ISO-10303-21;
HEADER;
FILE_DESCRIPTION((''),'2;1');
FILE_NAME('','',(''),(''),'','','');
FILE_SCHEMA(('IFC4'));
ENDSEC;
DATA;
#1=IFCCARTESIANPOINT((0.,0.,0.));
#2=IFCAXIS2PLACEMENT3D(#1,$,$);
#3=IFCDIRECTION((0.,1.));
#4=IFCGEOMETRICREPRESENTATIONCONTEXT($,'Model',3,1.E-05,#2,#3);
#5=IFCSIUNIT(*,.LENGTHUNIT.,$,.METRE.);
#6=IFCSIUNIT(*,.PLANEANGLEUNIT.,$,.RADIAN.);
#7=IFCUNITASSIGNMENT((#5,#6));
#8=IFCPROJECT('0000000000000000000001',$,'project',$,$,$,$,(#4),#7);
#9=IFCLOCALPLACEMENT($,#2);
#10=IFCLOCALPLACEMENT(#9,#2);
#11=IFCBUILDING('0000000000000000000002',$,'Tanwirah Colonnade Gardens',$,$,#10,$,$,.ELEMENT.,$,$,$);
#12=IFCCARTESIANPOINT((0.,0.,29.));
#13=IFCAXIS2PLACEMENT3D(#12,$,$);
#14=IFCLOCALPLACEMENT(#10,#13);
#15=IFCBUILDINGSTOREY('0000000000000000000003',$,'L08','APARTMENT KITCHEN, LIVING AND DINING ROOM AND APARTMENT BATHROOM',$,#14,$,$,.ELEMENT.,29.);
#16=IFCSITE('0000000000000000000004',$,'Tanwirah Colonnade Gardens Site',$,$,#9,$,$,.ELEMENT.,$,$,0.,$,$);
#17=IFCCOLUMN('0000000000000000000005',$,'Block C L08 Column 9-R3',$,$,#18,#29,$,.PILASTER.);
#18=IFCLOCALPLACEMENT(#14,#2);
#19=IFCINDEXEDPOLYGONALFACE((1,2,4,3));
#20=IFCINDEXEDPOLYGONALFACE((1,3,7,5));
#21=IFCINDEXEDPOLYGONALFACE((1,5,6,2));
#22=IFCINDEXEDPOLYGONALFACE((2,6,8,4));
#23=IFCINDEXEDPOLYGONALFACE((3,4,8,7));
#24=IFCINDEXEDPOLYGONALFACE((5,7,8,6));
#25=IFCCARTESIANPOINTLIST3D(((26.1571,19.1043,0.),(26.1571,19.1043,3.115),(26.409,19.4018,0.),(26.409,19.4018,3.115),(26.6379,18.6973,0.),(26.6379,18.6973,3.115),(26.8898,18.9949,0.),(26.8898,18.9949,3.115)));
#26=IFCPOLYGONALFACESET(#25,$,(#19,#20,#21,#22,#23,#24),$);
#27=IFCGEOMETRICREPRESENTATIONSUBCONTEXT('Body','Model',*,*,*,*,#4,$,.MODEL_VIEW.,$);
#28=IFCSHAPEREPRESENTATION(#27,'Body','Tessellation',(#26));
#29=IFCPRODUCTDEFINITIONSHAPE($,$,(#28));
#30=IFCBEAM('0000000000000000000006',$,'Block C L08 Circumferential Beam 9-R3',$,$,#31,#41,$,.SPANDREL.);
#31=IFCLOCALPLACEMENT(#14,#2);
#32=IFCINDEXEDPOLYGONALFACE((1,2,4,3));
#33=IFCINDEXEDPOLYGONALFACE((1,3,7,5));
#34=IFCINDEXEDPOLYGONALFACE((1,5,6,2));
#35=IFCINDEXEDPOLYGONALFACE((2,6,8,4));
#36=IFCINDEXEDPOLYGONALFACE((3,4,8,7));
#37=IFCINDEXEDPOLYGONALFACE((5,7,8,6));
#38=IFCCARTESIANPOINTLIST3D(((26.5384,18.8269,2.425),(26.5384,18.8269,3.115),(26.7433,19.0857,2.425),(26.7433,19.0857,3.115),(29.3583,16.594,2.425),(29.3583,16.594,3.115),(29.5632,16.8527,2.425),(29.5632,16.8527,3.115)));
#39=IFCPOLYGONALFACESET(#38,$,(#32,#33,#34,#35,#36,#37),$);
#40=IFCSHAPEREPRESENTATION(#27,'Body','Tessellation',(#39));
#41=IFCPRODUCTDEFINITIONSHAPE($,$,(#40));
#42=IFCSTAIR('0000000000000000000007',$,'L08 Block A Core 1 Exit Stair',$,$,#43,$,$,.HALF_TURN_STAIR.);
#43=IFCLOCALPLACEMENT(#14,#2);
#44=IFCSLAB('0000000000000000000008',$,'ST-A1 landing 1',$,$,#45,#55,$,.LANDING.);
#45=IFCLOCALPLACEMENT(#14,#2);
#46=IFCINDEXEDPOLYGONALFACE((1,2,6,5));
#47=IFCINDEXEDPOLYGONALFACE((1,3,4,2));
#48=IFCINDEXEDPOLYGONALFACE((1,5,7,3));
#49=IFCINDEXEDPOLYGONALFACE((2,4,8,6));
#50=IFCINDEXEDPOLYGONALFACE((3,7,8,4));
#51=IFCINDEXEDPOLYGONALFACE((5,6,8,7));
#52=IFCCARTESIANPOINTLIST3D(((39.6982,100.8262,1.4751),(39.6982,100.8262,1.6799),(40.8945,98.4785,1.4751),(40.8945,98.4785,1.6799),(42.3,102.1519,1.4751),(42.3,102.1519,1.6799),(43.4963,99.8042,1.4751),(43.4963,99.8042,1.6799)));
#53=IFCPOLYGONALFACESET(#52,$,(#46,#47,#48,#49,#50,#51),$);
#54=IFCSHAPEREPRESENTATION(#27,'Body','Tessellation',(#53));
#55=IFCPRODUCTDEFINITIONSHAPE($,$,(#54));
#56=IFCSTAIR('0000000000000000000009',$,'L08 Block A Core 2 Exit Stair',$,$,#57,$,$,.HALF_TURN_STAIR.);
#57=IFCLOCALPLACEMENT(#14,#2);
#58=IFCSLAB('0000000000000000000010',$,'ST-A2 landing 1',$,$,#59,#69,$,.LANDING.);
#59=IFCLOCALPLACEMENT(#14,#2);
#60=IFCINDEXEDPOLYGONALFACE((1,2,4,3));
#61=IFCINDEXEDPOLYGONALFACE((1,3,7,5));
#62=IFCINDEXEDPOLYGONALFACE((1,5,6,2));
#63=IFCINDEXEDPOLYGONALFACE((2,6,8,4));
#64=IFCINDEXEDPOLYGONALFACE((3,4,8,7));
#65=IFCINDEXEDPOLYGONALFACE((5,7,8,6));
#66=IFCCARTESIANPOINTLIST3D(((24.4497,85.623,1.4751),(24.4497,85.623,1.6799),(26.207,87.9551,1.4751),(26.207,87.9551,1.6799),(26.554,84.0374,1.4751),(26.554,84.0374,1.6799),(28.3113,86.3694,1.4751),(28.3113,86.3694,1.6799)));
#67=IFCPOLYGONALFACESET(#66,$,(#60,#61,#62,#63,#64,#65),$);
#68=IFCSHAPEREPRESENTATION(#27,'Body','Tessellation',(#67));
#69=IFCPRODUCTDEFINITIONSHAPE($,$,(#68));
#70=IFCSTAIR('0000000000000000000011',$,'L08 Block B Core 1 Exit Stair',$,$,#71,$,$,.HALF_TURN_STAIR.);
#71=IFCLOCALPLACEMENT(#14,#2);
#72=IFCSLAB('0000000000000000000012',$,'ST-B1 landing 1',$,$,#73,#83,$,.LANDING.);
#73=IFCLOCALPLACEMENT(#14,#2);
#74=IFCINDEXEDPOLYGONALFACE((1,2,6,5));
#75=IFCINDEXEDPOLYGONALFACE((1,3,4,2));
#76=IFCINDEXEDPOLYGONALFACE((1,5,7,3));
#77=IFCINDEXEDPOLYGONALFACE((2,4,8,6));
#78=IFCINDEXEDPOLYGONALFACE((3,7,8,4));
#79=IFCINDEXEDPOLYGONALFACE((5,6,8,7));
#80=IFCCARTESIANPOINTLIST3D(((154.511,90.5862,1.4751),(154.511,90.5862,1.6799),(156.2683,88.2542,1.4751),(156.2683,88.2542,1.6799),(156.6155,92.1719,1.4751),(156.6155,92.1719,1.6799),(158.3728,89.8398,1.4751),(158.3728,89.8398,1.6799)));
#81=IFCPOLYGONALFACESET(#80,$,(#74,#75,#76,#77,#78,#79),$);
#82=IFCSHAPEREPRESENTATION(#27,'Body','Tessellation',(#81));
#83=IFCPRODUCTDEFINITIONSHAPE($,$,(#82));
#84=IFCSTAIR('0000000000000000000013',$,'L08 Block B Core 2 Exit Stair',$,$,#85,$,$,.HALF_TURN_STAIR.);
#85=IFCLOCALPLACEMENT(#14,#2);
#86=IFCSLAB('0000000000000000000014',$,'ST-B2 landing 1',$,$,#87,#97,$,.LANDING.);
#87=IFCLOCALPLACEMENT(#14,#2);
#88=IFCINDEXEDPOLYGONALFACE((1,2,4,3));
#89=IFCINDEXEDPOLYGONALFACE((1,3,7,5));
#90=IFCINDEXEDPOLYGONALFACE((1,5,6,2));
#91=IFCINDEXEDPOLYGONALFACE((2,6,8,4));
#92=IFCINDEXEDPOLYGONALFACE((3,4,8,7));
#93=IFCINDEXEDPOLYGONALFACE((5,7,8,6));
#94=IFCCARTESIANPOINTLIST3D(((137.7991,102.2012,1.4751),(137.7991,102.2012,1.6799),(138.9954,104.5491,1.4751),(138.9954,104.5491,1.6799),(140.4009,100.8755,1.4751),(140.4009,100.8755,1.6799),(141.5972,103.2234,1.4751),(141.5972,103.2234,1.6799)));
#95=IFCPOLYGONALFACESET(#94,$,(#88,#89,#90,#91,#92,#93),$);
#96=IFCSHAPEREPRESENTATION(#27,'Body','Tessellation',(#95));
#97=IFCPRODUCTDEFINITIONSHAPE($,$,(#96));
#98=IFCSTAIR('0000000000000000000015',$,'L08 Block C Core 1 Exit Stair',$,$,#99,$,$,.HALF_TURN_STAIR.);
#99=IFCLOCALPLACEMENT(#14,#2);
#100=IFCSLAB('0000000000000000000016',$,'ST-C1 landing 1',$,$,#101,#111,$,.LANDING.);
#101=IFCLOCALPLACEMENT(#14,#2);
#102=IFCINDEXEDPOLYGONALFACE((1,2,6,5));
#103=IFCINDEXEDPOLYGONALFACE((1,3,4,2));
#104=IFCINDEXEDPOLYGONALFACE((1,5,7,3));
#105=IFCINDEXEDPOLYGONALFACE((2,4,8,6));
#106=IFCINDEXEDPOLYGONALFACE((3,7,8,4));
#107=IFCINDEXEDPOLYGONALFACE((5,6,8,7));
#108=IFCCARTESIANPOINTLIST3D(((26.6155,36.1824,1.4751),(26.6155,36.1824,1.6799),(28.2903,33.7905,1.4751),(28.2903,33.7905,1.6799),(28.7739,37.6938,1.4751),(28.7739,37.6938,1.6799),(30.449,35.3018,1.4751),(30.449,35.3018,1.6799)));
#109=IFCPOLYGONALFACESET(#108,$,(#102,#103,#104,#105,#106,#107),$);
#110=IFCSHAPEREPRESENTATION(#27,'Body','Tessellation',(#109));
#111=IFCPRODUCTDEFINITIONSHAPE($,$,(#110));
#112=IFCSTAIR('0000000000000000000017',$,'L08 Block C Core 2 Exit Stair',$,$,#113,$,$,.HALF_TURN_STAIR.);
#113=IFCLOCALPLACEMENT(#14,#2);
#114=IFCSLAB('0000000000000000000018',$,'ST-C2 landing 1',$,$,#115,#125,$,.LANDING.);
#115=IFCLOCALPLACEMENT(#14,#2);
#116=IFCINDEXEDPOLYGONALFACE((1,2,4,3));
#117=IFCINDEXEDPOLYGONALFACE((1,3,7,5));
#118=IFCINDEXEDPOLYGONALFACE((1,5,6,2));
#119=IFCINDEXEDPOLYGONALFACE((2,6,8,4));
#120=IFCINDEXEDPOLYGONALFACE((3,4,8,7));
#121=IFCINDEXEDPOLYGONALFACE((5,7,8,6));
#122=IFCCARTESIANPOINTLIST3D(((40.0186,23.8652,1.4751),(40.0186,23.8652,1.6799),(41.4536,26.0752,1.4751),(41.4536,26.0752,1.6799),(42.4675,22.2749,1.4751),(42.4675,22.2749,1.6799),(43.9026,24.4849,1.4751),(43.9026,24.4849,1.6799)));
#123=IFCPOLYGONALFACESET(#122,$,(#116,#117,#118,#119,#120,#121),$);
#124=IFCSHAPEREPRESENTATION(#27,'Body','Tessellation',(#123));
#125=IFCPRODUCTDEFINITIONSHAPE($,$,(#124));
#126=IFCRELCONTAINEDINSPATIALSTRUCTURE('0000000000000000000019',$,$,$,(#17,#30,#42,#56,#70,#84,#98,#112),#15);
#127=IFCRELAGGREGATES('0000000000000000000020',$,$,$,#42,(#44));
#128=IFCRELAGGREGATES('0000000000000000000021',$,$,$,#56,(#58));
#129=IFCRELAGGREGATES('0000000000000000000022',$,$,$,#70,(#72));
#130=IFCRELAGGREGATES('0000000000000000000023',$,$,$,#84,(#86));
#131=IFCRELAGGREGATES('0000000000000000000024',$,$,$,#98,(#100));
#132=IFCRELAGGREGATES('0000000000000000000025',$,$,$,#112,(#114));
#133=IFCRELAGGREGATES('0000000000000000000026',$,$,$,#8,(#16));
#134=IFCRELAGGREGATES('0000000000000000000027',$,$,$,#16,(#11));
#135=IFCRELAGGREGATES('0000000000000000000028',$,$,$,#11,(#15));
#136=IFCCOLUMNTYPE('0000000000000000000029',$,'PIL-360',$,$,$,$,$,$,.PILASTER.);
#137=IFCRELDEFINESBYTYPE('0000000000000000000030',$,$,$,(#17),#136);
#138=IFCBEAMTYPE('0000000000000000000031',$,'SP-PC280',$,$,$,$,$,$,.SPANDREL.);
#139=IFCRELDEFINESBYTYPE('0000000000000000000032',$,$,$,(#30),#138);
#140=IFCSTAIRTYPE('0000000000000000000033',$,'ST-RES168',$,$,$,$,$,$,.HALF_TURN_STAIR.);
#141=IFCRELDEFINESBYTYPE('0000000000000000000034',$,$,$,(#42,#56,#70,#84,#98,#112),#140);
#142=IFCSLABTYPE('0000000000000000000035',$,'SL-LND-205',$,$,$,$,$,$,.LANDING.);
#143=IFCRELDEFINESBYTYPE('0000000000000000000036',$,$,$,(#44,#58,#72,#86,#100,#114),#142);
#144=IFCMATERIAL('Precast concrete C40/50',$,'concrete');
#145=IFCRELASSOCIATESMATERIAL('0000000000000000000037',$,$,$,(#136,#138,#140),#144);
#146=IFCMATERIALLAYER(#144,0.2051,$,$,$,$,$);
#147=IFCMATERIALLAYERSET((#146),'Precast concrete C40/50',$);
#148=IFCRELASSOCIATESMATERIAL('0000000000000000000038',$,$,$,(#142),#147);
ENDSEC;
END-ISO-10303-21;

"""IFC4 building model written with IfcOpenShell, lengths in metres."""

from ifc_helpers import new_model, si_unit, direction, frame, origin, origin_2d, place, context, subcontext, project, spatial, polyline, rectangle, outline, extrude, material, layer, layer_set, material_profile, profile_set, type_object, element, aggregate, save


model = new_model("IFC4")

# Units and contexts
model_context = context("Model", 3, precision=1e-05, world=origin(), true_north=direction((0.0, 1.0)))
body_context = subcontext(model_context, "Body", "Model", "MODEL_VIEW")
ifc_project = project(units=[si_unit("LENGTHUNIT", "METRE"), si_unit("PLANEANGLEUNIT", "RADIAN")], contexts=[model_context])

# Site, building, storey
site_placement = place(None, origin())
site = spatial("IfcSite", under=ifc_project, at=site_placement, Name="Tanwirah Colonnade Gardens Site", CompositionType="ELEMENT", RefElevation=0.0)
building_placement = place(site_placement, origin())
building = spatial("IfcBuilding", under=site, at=building_placement, Name="Tanwirah Colonnade Gardens", CompositionType="ELEMENT")
storey_placement = place(building_placement, frame((0.0, 0.0, 29.0)))
storey = spatial("IfcBuildingStorey", under=building, at=storey_placement, Name="L08", Description="APARTMENT KITCHEN, LIVING AND DINING ROOM AND APARTMENT BATHROOM", CompositionType="ELEMENT", Elevation=29.0)

# Column
ifc_material_1 = material(Name="Precast concrete C40/50", Category="concrete")
ifc_material_profile_1 = material_profile(ifc_material_1, rectangle(XDim=0.3899, YDim=0.6299, at=origin_2d()), Name="PC-PIL 390x630")
ifc_profile_set_1 = profile_set([ifc_material_profile_1], Name="Precast concrete C40/50")
column_type = type_object("IfcColumnType", Name="PIL-360", PredefinedType="PILASTER", material=ifc_profile_set_1)
column_placement = place(storey_placement, frame((26.5234, 19.0496, 0.0), z_axis=(0.0, 0.0, 1.0), x_axis=(-0.646124, -0.763232, 0.0)))
element("IfcColumn", 1, at=column_placement, inside=storey, type_object=column_type, Name="Block C L08 Column 9-R3", PredefinedType="PILASTER", context=body_context, shape_type="SweptSolid", body=[
    extrude(rectangle(XDim=0.3899, YDim=0.6299, at=origin_2d()), origin(), (0.0, 0.0, 1.0), 3.115),
])

# Beam
ifc_material_profile_2 = material_profile(ifc_material_1, rectangle(XDim=0.3301, YDim=0.6899, at=origin_2d()), Name="PC-SP 330x690")
ifc_profile_set_2 = profile_set([ifc_material_profile_2], Name="Precast concrete C40/50")
beam_type = type_object("IfcBeamType", Name="SP-PC280", PredefinedType="SPANDREL", material=ifc_profile_set_2)
beam_placement = place(storey_placement, frame((26.6409, 18.9563, 2.77), z_axis=(0.783971, -0.620797, 0.0), x_axis=(0.620797, 0.783971, 0.0)))
element("IfcBeam", 2, at=beam_placement, inside=storey, type_object=beam_type, Name="Block C L08 Circumferential Beam 9-R3", PredefinedType="SPANDREL", context=body_context, shape_type="SweptSolid", body=[
    extrude(rectangle(XDim=0.3301, YDim=0.6899, at=origin_2d()), origin(), (0.0, 0.0, 1.0), 3.5969),
])

# Stairs, slabs
stair_type = type_object("IfcStairType", Name="ST-RES168", PredefinedType="HALF_TURN_STAIR", material=ifc_material_1)
stair_1_placement = place(storey_placement, origin())
stair_1 = element("IfcStair", 3, at=stair_1_placement, inside=storey, type_object=stair_type, Name="L08 Block A Core 1 Exit Stair", PredefinedType="HALF_TURN_STAIR")
ifc_layer_1 = layer(ifc_material_1, 0.2051)
ifc_layer_set_1 = layer_set([ifc_layer_1], Name="Precast concrete C40/50")
slab_type_1 = type_object("IfcSlabType", Name="SL-LND-205", PredefinedType="LANDING", material=ifc_layer_set_1)
slab_1_placement = place(storey_placement, frame((0.0, 0.0, 1.4751)))
slab_1 = element("IfcSlab", 4, at=slab_1_placement, type_object=slab_type_1, Name="ST-A1 landing 1", PredefinedType="LANDING", context=body_context, shape_type="SweptSolid", body=[
    extrude(outline(polyline([(39.6982, 100.8262), (40.8945, 98.4785), (43.4963, 99.8042), (42.3, 102.1519), (39.6982, 100.8262)])), origin(), (0.0, 0.0, 1.0), 0.2048),
])
aggregate(stair_1, [slab_1])
stair_2_placement = place(storey_placement, origin())
stair_2 = element("IfcStair", 5, at=stair_2_placement, inside=storey, type_object=stair_type, Name="L08 Block A Core 2 Exit Stair", PredefinedType="HALF_TURN_STAIR")
slab_2_placement = place(storey_placement, frame((0.0, 0.0, 1.4751)))
slab_2 = element("IfcSlab", 6, at=slab_2_placement, type_object=slab_type_1, Name="ST-A2 landing 1", PredefinedType="LANDING", context=body_context, shape_type="SweptSolid", body=[
    extrude(outline(polyline([(24.4497, 85.623), (26.554, 84.0374), (28.3113, 86.3694), (26.207, 87.9551), (24.4497, 85.623)])), origin(), (0.0, 0.0, 1.0), 0.2048),
])
aggregate(stair_2, [slab_2])
stair_3_placement = place(storey_placement, origin())
stair_3 = element("IfcStair", 7, at=stair_3_placement, inside=storey, type_object=stair_type, Name="L08 Block B Core 1 Exit Stair", PredefinedType="HALF_TURN_STAIR")
slab_3_placement = place(storey_placement, frame((0.0, 0.0, 1.4751)))
slab_3 = element("IfcSlab", 8, at=slab_3_placement, type_object=slab_type_1, Name="ST-B1 landing 1", PredefinedType="LANDING", context=body_context, shape_type="SweptSolid", body=[
    extrude(outline(polyline([(156.6155, 92.1719), (154.511, 90.5862), (156.2683, 88.2542), (158.3728, 89.8398), (156.6155, 92.1719)])), origin(), (0.0, 0.0, 1.0), 0.2048),
])
aggregate(stair_3, [slab_3])
stair_4_placement = place(storey_placement, origin())
stair_4 = element("IfcStair", 9, at=stair_4_placement, inside=storey, type_object=stair_type, Name="L08 Block B Core 2 Exit Stair", PredefinedType="HALF_TURN_STAIR")
slab_4_placement = place(storey_placement, frame((0.0, 0.0, 1.4751)))
slab_4 = element("IfcSlab", 10, at=slab_4_placement, type_object=slab_type_1, Name="ST-B2 landing 1", PredefinedType="LANDING", context=body_context, shape_type="SweptSolid", body=[
    extrude(outline(polyline([(138.9954, 104.5491), (137.7991, 102.2012), (140.4009, 100.8755), (141.5972, 103.2234), (138.9954, 104.5491)])), origin(), (0.0, 0.0, 1.0), 0.2048),
])
aggregate(stair_4, [slab_4])
stair_5_placement = place(storey_placement, origin())
stair_5 = element("IfcStair", 11, at=stair_5_placement, inside=storey, type_object=stair_type, Name="L08 Block C Core 1 Exit Stair", PredefinedType="HALF_TURN_STAIR")
slab_5_placement = place(storey_placement, frame((0.0, 0.0, 1.4751)))
slab_5 = element("IfcSlab", 12, at=slab_5_placement, type_object=slab_type_1, Name="ST-C1 landing 1", PredefinedType="LANDING", context=body_context, shape_type="SweptSolid", body=[
    extrude(outline(polyline([(28.2903, 33.7905), (30.449, 35.3018), (28.7739, 37.6938), (26.6155, 36.1824), (28.2903, 33.7905)])), origin(), (0.0, 0.0, 1.0), 0.2048),
])
aggregate(stair_5, [slab_5])
stair_6_placement = place(storey_placement, origin())
stair_6 = element("IfcStair", 13, at=stair_6_placement, inside=storey, type_object=stair_type, Name="L08 Block C Core 2 Exit Stair", PredefinedType="HALF_TURN_STAIR")
slab_6_placement = place(storey_placement, frame((0.0, 0.0, 1.4751)))
slab_6 = element("IfcSlab", 14, at=slab_6_placement, type_object=slab_type_1, Name="ST-C2 landing 1", PredefinedType="LANDING", context=body_context, shape_type="SweptSolid", body=[
    extrude(outline(polyline([(42.4675, 22.2749), (43.9026, 24.4849), (41.4536, 26.0752), (40.0186, 23.8652), (42.4675, 22.2749)])), origin(), (0.0, 0.0, 1.0), 0.2048),
])
aggregate(stair_6, [slab_6])

save(model, "model.ifc")
